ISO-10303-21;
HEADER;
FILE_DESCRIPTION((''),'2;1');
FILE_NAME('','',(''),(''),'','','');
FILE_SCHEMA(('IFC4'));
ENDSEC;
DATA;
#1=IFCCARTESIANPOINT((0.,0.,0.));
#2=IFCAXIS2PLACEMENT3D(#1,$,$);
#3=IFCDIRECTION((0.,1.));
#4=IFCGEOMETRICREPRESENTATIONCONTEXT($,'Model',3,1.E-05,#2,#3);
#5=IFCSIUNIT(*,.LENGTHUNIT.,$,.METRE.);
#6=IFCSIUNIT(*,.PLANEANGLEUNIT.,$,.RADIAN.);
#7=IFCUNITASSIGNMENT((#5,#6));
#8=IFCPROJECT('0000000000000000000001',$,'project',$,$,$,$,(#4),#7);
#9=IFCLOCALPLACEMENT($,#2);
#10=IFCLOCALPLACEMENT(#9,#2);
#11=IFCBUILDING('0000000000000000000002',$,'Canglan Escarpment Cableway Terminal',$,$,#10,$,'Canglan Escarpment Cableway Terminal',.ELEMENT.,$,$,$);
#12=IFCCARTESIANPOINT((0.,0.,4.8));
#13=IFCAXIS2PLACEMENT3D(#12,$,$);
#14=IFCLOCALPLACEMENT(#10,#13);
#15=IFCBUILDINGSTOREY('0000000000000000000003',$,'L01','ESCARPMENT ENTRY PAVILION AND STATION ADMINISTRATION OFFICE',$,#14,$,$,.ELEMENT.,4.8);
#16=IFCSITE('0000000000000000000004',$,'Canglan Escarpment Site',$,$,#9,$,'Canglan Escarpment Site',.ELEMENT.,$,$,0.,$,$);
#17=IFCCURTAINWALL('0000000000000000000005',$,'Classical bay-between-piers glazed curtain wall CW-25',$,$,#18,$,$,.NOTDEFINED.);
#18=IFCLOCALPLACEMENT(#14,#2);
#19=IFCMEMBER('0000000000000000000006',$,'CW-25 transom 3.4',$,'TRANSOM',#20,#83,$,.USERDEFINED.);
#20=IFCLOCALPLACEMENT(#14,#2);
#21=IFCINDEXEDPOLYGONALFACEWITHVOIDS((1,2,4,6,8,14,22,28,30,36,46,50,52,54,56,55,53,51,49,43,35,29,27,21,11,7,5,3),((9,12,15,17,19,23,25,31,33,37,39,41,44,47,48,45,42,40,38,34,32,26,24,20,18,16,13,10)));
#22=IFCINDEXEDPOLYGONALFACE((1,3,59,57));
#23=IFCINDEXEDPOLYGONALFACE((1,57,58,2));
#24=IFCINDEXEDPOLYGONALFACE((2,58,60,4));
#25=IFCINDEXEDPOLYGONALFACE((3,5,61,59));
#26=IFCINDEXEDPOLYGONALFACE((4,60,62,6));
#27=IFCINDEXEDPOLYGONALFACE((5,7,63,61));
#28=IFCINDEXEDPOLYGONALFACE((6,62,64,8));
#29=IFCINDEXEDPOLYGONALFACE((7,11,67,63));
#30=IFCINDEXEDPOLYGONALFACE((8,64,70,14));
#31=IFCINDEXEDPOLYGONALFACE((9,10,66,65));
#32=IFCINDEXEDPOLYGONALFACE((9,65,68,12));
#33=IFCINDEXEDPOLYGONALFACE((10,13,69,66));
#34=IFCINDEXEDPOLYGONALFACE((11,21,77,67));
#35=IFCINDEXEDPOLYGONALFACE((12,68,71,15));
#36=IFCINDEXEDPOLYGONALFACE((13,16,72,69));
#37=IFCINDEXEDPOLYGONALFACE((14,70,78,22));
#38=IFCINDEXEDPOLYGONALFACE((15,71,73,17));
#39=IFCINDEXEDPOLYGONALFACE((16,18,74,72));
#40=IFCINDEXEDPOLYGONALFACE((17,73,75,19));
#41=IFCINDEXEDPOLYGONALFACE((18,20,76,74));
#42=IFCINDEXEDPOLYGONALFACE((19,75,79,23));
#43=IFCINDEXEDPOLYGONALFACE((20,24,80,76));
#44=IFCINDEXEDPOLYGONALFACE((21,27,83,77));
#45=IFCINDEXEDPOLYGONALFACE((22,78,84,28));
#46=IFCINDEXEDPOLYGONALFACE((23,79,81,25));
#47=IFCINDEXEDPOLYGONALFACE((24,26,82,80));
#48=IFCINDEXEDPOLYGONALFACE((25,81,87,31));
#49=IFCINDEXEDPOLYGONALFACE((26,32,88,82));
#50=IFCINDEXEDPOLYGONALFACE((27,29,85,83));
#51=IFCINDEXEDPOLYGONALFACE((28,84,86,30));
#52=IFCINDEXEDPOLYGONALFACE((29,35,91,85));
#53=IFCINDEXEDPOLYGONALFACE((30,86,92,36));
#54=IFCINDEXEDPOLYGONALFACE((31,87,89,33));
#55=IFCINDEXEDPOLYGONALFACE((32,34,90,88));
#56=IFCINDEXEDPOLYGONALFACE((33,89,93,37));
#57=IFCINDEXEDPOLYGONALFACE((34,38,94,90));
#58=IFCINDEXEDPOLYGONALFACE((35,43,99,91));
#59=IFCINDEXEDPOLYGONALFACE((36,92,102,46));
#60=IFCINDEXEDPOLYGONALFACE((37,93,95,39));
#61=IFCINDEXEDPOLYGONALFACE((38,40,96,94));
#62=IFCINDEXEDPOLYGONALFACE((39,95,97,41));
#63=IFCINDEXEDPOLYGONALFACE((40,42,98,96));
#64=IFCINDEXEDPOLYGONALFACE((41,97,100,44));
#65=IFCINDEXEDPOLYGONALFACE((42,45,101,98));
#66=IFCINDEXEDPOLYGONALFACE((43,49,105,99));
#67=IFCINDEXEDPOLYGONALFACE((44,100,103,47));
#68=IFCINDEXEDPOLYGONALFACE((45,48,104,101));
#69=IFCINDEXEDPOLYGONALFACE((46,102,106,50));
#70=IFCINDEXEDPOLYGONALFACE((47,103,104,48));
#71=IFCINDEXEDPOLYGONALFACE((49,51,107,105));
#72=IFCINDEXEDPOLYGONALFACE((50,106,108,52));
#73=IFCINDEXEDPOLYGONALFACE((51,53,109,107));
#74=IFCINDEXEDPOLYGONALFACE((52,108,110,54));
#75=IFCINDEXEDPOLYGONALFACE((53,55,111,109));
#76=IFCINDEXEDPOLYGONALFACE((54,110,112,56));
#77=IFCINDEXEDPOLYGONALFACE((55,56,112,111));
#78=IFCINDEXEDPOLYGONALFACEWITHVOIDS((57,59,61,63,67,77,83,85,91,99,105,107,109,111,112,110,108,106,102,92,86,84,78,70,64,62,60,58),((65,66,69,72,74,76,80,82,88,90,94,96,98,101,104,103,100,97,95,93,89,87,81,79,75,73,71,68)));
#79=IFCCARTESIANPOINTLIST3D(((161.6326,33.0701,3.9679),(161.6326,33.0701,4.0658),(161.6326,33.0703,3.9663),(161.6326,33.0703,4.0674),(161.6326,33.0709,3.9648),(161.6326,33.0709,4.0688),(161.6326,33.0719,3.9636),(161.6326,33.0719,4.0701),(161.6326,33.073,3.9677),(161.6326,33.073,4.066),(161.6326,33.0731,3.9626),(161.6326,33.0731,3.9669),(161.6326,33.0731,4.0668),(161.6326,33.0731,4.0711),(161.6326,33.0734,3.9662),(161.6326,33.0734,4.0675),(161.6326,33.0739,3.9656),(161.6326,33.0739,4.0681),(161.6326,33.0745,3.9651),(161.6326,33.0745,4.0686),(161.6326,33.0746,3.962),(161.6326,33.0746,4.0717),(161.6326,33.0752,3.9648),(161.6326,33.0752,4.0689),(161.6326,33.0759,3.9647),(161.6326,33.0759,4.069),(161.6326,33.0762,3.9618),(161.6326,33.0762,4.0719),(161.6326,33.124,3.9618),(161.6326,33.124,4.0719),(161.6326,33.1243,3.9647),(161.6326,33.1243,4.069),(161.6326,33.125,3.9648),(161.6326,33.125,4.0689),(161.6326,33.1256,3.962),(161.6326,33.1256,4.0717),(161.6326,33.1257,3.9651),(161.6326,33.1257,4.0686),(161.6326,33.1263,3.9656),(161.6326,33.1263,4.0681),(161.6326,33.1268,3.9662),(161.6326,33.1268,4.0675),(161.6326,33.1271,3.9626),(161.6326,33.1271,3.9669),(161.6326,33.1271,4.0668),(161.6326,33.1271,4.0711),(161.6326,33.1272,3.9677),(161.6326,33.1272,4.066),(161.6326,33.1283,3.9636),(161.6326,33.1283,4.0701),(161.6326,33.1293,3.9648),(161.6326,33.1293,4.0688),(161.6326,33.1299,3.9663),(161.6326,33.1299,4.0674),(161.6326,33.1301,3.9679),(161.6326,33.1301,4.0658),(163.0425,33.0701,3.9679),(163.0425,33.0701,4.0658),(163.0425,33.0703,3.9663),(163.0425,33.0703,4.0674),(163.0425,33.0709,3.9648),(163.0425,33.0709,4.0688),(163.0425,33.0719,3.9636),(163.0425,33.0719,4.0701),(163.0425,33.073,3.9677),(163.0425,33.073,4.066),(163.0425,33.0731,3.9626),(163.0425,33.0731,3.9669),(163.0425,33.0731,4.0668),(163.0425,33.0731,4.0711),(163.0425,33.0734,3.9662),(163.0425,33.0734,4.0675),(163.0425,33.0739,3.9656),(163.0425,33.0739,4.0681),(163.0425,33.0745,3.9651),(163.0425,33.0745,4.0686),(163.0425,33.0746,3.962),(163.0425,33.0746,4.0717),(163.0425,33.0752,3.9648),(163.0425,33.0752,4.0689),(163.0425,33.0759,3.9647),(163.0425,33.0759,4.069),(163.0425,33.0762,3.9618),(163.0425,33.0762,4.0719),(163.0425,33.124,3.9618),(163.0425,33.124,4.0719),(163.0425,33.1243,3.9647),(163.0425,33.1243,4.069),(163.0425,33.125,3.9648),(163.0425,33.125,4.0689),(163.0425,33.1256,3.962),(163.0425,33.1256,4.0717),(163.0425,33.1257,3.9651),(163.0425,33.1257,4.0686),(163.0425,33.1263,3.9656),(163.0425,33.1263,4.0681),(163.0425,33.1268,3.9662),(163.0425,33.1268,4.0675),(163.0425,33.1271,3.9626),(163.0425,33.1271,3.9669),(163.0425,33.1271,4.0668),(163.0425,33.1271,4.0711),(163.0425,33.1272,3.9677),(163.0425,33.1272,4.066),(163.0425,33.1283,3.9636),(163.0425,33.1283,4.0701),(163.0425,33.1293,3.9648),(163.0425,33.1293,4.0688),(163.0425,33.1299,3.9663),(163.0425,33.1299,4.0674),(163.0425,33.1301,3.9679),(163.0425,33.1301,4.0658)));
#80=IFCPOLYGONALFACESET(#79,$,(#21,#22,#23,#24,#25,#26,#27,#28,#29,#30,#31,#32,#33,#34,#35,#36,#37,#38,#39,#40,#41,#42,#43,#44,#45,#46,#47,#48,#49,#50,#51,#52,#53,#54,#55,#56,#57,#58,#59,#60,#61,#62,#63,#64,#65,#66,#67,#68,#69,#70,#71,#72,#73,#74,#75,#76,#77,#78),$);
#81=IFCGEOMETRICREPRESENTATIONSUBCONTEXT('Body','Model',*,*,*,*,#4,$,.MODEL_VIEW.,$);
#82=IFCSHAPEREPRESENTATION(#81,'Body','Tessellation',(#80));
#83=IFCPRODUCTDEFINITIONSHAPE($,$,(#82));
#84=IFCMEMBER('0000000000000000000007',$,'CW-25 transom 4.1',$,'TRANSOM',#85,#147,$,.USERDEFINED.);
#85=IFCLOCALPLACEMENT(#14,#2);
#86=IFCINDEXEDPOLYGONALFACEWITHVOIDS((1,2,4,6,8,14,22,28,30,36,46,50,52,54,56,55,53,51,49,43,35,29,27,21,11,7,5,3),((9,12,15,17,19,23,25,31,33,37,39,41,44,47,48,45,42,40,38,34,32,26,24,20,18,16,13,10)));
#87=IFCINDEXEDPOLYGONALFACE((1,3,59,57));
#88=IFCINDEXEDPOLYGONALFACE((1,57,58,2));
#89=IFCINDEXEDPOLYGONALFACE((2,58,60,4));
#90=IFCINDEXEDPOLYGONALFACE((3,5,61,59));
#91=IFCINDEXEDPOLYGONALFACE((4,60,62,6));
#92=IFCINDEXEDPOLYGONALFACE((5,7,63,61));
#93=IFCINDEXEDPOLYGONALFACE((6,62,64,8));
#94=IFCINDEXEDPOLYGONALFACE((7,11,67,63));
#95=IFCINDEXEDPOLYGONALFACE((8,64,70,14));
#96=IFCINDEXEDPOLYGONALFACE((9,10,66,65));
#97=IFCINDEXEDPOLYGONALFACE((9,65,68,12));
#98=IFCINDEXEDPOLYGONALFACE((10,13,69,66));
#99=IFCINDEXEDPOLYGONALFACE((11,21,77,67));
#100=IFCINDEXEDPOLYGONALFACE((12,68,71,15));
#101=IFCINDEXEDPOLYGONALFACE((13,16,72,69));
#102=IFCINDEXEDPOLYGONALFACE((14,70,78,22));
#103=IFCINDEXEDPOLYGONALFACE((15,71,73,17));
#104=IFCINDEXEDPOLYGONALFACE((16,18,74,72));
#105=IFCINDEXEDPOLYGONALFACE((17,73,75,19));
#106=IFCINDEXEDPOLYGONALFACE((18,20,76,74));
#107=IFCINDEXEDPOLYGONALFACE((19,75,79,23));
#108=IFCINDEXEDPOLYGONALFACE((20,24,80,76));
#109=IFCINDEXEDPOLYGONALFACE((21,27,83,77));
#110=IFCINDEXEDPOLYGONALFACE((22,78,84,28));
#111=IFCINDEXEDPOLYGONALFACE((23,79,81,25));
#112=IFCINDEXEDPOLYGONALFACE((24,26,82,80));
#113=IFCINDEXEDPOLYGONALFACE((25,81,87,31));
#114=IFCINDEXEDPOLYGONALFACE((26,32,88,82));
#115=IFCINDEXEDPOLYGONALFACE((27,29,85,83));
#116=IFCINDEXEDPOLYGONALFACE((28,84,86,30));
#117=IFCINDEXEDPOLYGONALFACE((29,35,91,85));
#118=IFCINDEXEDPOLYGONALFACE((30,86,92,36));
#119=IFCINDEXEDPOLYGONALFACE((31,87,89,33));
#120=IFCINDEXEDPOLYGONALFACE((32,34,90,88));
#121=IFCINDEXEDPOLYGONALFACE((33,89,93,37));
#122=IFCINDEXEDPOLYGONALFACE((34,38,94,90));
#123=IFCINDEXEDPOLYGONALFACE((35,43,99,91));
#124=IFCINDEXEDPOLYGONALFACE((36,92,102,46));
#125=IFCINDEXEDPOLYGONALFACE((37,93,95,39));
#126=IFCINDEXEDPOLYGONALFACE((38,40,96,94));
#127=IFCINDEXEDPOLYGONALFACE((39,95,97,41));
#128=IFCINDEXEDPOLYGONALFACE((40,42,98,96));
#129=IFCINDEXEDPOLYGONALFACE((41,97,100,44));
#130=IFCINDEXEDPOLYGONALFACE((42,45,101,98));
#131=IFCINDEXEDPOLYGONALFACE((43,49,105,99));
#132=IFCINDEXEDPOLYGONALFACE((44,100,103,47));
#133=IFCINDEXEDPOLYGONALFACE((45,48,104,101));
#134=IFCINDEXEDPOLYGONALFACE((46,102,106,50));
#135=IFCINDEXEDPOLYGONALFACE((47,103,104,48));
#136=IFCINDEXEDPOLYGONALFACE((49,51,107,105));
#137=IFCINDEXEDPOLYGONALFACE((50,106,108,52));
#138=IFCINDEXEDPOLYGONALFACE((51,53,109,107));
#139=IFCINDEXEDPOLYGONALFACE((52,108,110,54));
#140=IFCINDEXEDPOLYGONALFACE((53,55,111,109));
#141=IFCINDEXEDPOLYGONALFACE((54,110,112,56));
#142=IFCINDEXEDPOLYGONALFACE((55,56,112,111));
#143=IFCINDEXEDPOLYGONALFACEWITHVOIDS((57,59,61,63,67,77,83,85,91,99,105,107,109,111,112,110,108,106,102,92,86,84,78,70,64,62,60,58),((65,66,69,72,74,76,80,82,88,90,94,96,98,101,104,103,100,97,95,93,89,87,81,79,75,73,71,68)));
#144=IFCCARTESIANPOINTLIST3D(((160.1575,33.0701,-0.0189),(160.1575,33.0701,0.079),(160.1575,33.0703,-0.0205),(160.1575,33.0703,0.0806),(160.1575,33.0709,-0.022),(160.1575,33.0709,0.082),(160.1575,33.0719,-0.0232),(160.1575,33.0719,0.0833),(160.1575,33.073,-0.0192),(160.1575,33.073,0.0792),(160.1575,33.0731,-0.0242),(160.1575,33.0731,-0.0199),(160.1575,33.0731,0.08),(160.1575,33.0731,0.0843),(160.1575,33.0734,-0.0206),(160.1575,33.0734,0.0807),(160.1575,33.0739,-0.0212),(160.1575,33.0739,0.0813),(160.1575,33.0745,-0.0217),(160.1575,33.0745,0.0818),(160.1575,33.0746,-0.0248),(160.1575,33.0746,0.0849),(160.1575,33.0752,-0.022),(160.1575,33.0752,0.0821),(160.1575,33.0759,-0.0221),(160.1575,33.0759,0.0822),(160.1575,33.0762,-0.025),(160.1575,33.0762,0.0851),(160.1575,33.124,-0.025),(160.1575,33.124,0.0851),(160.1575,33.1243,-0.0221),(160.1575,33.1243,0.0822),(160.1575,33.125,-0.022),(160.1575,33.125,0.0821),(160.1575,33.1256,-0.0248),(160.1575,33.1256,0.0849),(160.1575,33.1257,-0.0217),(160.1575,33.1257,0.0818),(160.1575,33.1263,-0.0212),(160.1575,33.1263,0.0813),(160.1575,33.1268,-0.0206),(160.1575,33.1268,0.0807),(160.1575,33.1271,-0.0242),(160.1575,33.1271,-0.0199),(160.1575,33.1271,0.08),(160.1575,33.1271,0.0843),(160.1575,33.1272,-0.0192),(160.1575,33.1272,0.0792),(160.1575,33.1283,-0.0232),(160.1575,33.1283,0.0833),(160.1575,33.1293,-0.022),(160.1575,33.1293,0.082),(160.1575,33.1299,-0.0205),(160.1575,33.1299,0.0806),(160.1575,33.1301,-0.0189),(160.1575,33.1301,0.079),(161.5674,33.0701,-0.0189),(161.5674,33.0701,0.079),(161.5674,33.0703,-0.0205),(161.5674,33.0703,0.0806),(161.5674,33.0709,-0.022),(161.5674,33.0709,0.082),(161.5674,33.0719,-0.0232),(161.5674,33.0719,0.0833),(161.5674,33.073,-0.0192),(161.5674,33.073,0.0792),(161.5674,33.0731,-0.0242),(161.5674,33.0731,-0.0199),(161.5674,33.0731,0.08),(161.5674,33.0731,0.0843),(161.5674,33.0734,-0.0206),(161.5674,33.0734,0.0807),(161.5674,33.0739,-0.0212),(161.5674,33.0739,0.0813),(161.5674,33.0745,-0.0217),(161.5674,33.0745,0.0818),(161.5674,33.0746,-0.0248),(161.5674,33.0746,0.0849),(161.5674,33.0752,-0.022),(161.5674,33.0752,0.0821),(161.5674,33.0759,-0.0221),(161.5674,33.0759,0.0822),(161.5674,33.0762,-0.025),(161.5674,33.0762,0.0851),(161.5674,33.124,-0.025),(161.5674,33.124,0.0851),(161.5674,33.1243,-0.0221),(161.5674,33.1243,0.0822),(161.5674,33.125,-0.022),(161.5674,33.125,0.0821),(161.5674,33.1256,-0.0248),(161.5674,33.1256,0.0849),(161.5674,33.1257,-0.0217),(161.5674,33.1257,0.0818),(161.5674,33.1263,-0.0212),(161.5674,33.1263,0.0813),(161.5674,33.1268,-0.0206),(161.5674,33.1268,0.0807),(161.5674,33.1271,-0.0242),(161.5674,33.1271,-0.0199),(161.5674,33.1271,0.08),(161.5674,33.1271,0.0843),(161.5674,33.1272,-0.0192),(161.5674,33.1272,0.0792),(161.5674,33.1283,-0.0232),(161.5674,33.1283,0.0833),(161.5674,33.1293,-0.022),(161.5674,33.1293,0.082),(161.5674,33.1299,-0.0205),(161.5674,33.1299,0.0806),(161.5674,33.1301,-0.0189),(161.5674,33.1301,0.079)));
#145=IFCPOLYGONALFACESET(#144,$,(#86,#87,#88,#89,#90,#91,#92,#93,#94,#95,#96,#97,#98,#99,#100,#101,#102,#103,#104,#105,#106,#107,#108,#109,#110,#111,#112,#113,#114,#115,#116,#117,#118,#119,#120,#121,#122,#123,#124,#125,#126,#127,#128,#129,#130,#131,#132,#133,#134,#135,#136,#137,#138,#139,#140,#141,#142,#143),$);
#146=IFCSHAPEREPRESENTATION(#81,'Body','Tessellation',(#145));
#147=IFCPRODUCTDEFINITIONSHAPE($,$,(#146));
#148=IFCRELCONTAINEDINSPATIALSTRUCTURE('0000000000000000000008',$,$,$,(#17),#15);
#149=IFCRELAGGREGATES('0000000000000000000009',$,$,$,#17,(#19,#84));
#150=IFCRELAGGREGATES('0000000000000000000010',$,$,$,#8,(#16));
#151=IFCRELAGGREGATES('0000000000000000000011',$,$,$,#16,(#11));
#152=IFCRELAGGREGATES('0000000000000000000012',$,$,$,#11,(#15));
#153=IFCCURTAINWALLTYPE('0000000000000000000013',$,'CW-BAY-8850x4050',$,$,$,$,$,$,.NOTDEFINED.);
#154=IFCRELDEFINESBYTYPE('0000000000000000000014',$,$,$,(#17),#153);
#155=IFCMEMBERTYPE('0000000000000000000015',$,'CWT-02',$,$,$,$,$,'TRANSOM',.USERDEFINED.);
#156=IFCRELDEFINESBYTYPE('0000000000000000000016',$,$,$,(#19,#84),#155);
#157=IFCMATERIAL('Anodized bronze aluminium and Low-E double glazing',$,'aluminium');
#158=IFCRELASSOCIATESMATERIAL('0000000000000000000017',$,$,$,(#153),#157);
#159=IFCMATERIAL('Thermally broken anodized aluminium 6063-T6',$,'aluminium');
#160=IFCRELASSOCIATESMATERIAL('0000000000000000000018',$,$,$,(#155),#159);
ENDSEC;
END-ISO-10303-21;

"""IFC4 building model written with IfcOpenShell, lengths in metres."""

from ifc_helpers import new_model, si_unit, direction, frame, origin, origin_2d, place, context, subcontext, project, spatial, hollow_rectangle, extrude, material, material_profile, profile_set, type_object, element, aggregate, save


model = new_model("IFC4")

# Units and contexts
model_context = context("Model", 3, precision=1e-05, world=origin(), true_north=direction((0.0, 1.0)))
body_context = subcontext(model_context, "Body", "Model", "MODEL_VIEW")
ifc_project = project(units=[si_unit("LENGTHUNIT", "METRE"), si_unit("PLANEANGLEUNIT", "RADIAN")], contexts=[model_context])

# Site, building, storey
site_placement = place(None, origin())
site = spatial("IfcSite", under=ifc_project, at=site_placement, Name="Canglan Escarpment Site", LongName="Canglan Escarpment Site", CompositionType="ELEMENT", RefElevation=0.0)
building_placement = place(site_placement, origin())
building = spatial("IfcBuilding", under=site, at=building_placement, Name="Canglan Escarpment Cableway Terminal", LongName="Canglan Escarpment Cableway Terminal", CompositionType="ELEMENT")
storey_placement = place(building_placement, frame((0.0, 0.0, 4.8)))
storey = spatial("IfcBuildingStorey", under=building, at=storey_placement, Name="L01", Description="ESCARPMENT ENTRY PAVILION AND STATION ADMINISTRATION OFFICE", CompositionType="ELEMENT", Elevation=4.8)

# Curtain wall, members
ifc_material_1 = material(Name="Anodized bronze aluminium and Low-E double glazing", Category="aluminium")
curtain_wall_type = type_object("IfcCurtainWallType", Name="CW-BAY-8850x4050", PredefinedType="NOTDEFINED", material=ifc_material_1)
curtain_wall_placement = place(storey_placement, origin())
curtain_wall = element("IfcCurtainWall", 1, at=curtain_wall_placement, inside=storey, type_object=curtain_wall_type, Name="Classical bay-between-piers glazed curtain wall CW-25", PredefinedType="NOTDEFINED")
ifc_material_2 = material(Name="Thermally broken anodized aluminium 6063-T6", Category="aluminium")
ifc_material_profile_1 = material_profile(ifc_material_2, hollow_rectangle(XDim=0.0601, YDim=0.1101, WallThickness=0.0029, InnerFilletRadius=0.0029, OuterFilletRadius=0.0061, at=origin_2d()), Name="ALU-TRAN 60x110x3")
ifc_profile_set_1 = profile_set([ifc_material_profile_1], Name="Thermally broken anodized aluminium 6063-T6")
member_type_1 = type_object("IfcMemberType", Name="CWT-02", ElementType="TRANSOM", PredefinedType="USERDEFINED", material=ifc_profile_set_1)
member_1_placement = place(storey_placement, frame((163.0425, 33.1001, 4.0168), z_axis=(-1.0, 0.0, 0.0), x_axis=(0.0, -1.0, 0.0)))
member_1 = element("IfcMember", 2, at=member_1_placement, type_object=member_type_1, Name="CW-25 transom 3.4", ObjectType="TRANSOM", PredefinedType="USERDEFINED", context=body_context, shape_type="SweptSolid", body=[
    extrude(hollow_rectangle(XDim=0.0601, YDim=0.1101, WallThickness=0.0029, InnerFilletRadius=0.0029, OuterFilletRadius=0.0061, at=origin_2d()), origin(), (0.0, 0.0, 1.0), 1.4099),
])
member_2_placement = place(storey_placement, frame((161.5674, 33.1001, 0.03), z_axis=(-1.0, 0.0, 0.0), x_axis=(0.0, -1.0, 0.0)))
member_2 = element("IfcMember", 3, at=member_2_placement, type_object=member_type_1, Name="CW-25 transom 4.1", ObjectType="TRANSOM", PredefinedType="USERDEFINED", context=body_context, shape_type="SweptSolid", body=[
    extrude(hollow_rectangle(XDim=0.0601, YDim=0.1101, WallThickness=0.0029, InnerFilletRadius=0.0029, OuterFilletRadius=0.0061, at=origin_2d()), origin(), (0.0, 0.0, 1.0), 1.4099),
])
aggregate(curtain_wall, [member_1, member_2])

save(model, "model.ifc")
